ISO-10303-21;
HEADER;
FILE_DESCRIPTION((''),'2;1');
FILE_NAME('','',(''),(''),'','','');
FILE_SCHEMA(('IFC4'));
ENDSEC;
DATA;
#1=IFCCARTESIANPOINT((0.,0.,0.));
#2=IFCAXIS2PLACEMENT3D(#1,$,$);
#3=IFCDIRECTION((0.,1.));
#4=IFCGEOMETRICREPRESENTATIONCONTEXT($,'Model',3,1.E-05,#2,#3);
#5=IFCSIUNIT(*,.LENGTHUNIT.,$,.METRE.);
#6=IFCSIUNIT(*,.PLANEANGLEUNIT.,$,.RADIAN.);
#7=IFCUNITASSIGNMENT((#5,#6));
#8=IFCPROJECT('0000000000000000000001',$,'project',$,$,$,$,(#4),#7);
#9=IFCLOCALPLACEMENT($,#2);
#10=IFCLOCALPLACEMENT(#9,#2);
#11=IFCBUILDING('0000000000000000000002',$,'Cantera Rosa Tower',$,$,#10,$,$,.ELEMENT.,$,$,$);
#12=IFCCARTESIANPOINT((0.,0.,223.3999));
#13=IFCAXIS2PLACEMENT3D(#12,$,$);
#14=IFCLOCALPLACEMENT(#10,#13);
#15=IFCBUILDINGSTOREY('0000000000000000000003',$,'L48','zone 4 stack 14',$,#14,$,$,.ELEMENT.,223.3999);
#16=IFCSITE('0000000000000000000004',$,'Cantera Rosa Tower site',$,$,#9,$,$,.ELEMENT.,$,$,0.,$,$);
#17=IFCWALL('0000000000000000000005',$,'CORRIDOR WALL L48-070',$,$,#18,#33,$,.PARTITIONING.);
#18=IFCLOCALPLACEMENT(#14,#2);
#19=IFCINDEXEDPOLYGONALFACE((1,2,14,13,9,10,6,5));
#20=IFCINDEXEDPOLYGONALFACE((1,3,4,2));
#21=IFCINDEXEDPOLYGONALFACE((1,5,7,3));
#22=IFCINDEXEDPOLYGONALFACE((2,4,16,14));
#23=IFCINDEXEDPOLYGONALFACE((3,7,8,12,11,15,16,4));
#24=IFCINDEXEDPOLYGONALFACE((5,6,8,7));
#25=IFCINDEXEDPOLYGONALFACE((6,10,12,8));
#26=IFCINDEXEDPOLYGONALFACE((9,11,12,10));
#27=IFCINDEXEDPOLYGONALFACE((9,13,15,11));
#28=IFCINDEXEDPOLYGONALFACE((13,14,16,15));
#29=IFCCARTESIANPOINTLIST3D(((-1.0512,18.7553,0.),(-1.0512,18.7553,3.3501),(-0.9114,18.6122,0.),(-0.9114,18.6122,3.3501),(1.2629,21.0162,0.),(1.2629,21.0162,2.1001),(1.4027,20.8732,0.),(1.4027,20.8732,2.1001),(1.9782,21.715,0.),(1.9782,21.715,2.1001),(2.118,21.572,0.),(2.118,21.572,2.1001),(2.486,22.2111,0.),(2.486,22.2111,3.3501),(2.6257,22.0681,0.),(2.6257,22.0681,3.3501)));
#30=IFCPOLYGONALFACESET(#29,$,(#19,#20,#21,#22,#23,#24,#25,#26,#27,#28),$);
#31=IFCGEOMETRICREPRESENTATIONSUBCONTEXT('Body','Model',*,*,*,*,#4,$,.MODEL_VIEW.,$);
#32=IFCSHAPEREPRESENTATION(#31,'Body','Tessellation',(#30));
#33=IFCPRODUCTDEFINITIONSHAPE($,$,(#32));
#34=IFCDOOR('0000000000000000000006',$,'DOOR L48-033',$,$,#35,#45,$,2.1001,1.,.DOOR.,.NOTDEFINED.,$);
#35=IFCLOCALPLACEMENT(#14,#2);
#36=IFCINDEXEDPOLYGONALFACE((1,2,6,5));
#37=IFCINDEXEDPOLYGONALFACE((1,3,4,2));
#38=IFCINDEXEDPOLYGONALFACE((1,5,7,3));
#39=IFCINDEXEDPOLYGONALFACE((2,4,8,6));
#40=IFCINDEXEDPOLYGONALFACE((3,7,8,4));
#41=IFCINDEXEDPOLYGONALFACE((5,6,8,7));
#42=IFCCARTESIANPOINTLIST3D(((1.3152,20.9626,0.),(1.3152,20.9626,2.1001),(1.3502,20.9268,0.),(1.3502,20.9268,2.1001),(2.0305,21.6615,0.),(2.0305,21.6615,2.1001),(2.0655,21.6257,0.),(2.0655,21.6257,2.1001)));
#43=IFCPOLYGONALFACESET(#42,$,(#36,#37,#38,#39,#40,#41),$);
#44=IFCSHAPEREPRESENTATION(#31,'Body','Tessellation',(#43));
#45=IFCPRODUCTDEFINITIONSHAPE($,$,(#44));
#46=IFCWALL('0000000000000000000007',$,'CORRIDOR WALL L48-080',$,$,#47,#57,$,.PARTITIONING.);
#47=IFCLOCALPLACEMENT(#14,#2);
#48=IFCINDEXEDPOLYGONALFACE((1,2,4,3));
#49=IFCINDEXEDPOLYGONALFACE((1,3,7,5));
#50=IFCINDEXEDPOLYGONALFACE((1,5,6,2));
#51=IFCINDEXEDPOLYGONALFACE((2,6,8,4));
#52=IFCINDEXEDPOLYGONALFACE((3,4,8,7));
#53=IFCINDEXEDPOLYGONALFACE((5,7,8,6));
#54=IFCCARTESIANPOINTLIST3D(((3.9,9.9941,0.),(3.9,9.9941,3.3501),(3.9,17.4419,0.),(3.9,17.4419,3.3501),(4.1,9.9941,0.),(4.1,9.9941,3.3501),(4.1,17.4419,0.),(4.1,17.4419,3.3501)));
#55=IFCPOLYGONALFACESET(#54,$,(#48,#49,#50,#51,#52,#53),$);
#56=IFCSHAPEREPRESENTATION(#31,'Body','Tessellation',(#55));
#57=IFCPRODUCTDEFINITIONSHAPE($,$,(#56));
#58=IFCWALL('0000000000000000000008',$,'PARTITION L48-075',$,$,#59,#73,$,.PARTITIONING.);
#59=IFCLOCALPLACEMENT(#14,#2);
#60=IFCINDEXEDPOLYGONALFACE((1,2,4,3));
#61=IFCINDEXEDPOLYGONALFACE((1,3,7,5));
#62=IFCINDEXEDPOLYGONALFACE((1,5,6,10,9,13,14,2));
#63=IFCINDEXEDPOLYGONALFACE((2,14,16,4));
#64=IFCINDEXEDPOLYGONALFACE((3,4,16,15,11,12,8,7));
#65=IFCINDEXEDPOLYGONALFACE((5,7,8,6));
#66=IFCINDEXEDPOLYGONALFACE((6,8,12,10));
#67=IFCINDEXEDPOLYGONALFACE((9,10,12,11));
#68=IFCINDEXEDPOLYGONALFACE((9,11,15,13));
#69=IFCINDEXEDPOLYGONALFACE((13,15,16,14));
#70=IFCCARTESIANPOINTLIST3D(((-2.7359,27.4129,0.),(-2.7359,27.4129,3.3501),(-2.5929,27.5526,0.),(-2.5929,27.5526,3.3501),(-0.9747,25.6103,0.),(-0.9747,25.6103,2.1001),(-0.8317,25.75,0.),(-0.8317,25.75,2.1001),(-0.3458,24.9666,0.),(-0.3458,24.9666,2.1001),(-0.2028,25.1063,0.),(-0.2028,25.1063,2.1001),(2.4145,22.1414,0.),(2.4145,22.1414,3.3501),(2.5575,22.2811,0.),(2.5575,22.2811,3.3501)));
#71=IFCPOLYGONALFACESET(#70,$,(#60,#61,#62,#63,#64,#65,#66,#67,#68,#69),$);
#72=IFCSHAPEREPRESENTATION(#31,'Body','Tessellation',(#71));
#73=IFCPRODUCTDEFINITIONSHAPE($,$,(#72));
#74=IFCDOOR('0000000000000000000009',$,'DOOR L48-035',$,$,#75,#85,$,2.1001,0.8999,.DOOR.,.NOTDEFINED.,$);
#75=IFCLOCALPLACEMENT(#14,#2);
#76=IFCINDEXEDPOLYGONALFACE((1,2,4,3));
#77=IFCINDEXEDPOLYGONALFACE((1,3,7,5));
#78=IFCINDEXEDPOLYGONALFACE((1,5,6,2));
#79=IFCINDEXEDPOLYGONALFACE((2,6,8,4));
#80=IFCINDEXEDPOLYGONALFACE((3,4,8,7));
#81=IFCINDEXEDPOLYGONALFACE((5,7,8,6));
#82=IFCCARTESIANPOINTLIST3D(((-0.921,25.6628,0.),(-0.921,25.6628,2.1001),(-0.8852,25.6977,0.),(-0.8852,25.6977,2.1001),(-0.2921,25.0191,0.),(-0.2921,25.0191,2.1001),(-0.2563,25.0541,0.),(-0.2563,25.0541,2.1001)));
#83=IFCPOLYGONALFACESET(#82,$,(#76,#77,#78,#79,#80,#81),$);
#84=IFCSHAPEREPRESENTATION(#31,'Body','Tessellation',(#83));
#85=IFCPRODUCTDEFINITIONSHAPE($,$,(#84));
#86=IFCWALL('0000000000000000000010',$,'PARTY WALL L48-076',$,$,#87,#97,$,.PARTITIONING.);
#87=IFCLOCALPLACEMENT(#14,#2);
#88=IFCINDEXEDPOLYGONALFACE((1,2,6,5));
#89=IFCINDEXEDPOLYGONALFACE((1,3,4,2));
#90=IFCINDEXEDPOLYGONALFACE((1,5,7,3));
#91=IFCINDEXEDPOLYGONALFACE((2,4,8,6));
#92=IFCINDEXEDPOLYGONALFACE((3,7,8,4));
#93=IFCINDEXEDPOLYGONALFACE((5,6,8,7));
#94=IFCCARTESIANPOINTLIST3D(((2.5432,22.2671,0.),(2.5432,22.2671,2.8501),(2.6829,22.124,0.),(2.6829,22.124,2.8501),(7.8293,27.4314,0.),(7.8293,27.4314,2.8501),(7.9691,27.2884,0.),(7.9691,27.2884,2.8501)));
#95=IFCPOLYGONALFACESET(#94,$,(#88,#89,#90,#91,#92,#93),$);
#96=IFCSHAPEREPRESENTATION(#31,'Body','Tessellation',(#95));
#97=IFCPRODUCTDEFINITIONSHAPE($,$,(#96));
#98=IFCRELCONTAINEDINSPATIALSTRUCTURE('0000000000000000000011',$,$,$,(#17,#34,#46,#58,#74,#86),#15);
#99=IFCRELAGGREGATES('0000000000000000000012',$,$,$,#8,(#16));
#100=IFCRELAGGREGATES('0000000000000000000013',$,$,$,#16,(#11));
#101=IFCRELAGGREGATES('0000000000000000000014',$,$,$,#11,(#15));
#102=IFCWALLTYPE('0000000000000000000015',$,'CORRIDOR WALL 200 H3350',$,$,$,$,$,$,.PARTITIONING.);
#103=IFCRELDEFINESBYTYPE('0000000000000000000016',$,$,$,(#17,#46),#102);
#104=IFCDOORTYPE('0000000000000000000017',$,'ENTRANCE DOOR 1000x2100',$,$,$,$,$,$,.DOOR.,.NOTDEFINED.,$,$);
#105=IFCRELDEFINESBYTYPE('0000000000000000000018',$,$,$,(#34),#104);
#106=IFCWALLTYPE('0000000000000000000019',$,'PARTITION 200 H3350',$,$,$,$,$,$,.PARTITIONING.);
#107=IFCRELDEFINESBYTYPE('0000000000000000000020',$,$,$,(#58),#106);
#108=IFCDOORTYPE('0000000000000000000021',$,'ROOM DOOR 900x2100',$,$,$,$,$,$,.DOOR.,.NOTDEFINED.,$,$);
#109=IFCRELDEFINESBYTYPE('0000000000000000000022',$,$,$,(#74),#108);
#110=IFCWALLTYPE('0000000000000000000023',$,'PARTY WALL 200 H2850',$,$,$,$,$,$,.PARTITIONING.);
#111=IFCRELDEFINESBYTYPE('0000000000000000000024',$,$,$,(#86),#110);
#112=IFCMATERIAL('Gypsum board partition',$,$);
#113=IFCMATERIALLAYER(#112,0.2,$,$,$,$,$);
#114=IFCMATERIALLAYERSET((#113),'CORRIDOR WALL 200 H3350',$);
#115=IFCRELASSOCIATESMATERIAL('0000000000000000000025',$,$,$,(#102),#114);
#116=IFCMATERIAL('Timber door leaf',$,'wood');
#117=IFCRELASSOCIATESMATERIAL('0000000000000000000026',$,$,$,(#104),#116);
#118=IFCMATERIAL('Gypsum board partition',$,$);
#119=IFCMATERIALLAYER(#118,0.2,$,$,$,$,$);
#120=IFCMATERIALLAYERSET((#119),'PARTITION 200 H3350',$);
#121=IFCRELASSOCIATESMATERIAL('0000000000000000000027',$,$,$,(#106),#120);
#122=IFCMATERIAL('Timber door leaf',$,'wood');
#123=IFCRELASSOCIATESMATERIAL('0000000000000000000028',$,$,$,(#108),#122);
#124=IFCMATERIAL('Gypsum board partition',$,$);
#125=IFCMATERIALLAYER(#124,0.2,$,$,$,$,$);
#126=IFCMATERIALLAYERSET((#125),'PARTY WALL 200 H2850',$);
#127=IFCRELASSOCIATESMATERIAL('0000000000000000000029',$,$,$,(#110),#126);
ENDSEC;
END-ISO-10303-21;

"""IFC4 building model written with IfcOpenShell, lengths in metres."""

from ifc_helpers import new_model, si_unit, direction, frame, frame_2d, origin, place, context, subcontext, project, spatial, rectangle, extrude, material, layer, layer_set, type_object, element, fill, save


model = new_model("IFC4")

# Units and contexts
model_context = context("Model", 3, precision=1e-05, world=origin(), true_north=direction((0.0, 1.0)))
body_context = subcontext(model_context, "Body", "Model", "MODEL_VIEW")
ifc_project = project(units=[si_unit("LENGTHUNIT", "METRE"), si_unit("PLANEANGLEUNIT", "RADIAN")], contexts=[model_context])

# Site, building, storey
site_placement = place(None, origin())
site = spatial("IfcSite", under=ifc_project, at=site_placement, Name="Cantera Rosa Tower site", CompositionType="ELEMENT", RefElevation=0.0)
building_placement = place(site_placement, origin())
building = spatial("IfcBuilding", under=site, at=building_placement, Name="Cantera Rosa Tower", CompositionType="ELEMENT")
storey_placement = place(building_placement, frame((0.0, 0.0, 223.3999)))
storey = spatial("IfcBuildingStorey", under=building, at=storey_placement, Name="L48", Description="zone 4 stack 14", CompositionType="ELEMENT", Elevation=223.3999)

# Shared definitions
ifc_material_1 = material(Name="Gypsum board partition")
ifc_layer_1 = layer(ifc_material_1, 0.2)
ifc_layer_set_1 = layer_set([ifc_layer_1], Name="CORRIDOR WALL 200 H3350")
wall_type_1 = type_object("IfcWallType", Name="CORRIDOR WALL 200 H3350", PredefinedType="PARTITIONING", material=ifc_layer_set_1)

# Wall, opening, door
wall_1_placement = place(storey_placement, frame((2.5559, 22.1396, 0.0), z_axis=(0.0, 0.0, 1.0), x_axis=(-0.715279, -0.698839, 0.0)))
wall_1 = element("IfcWall", 1, at=wall_1_placement, inside=storey, type_object=wall_type_1, Name="CORRIDOR WALL L48-070", PredefinedType="PARTITIONING", context=body_context, shape_type="SweptSolid", body=[
    extrude(rectangle(XDim=4.9451, YDim=0.2, at=frame_2d((2.4727, 0.0))), origin(), (0.0, 0.0, 1.0), 3.3501),
])
opening_1_placement = place(wall_1_placement, frame((0.71, 0.0, 0.0)))
opening_1 = element("IfcOpeningElement", 2, at=opening_1_placement, cuts=wall_1, PredefinedType="OPENING", context=body_context, shape_type="SweptSolid", body=[
    extrude(rectangle(XDim=1.0, YDim=2.1001, at=frame_2d((0.5, 1.05))), frame((0.0, 0.1099, 0.0), z_axis=(0.0, -1.0, 0.0), x_axis=(1.0, 0.0, 0.0)), (0.0, 0.0, 1.0), 0.22),
])
ifc_material_2 = material(Name="Timber door leaf", Category="wood")
door_type_1 = type_object("IfcDoorType", Name="ENTRANCE DOOR 1000x2100", OperationType="NOTDEFINED", PredefinedType="DOOR", material=ifc_material_2)
door_1_placement = place(opening_1_placement, origin())
door_1 = element("IfcDoor", 3, at=door_1_placement, inside=storey, type_object=door_type_1, Name="DOOR L48-033", OperationType="NOTDEFINED", OverallHeight=2.1001, OverallWidth=1.0, PredefinedType="DOOR", context=body_context, shape_type="SweptSolid", body=[
    extrude(rectangle(XDim=1.0, YDim=2.1001, at=frame_2d((0.5, 1.05))), frame((0.0, 0.0249, 0.0), z_axis=(0.0, -1.0, 0.0), x_axis=(1.0, 0.0, 0.0)), (0.0, 0.0, 1.0), 0.05),
])
fill(opening_1, door_1)

# Wall
wall_2_placement = place(storey_placement, frame((4.0, 17.4419, 0.0), z_axis=(0.0, 0.0, 1.0), x_axis=(0.0, -1.0, 0.0)))
element("IfcWall", 4, at=wall_2_placement, inside=storey, type_object=wall_type_1, Name="CORRIDOR WALL L48-080", PredefinedType="PARTITIONING", context=body_context, shape_type="SweptSolid", body=[
    extrude(rectangle(XDim=7.4478, YDim=0.2, at=frame_2d((3.7239, 0.0))), origin(), (0.0, 0.0, 1.0), 3.3501),
])

# Wall, opening, door
ifc_material_3 = material(Name="Gypsum board partition")
ifc_layer_2 = layer(ifc_material_3, 0.2)
ifc_layer_set_2 = layer_set([ifc_layer_2], Name="PARTITION 200 H3350")
wall_type_2 = type_object("IfcWallType", Name="PARTITION 200 H3350", PredefinedType="PARTITIONING", material=ifc_layer_set_2)
wall_3_placement = place(storey_placement, frame((2.4861, 22.2112, 0.0), z_axis=(0.0, 0.0, 1.0), x_axis=(-0.698844, 0.715275, 0.0)))
wall_3 = element("IfcWall", 5, at=wall_3_placement, inside=storey, type_object=wall_type_2, Name="PARTITION L48-075", PredefinedType="PARTITIONING", context=body_context, shape_type="SweptSolid", body=[
    extrude(rectangle(XDim=7.3699, YDim=0.2, at=frame_2d((3.6851, 0.0))), origin(), (0.0, 0.0, 1.0), 3.3501),
])
opening_2_placement = place(wall_3_placement, frame((3.95, 0.0, 0.0)))
opening_2 = element("IfcOpeningElement", 6, at=opening_2_placement, cuts=wall_3, PredefinedType="OPENING", context=body_context, shape_type="SweptSolid", body=[
    extrude(rectangle(XDim=0.8999, YDim=2.1001, at=frame_2d((0.45, 1.05))), frame((0.0, 0.1099, 0.0), z_axis=(0.0, -1.0, 0.0), x_axis=(1.0, 0.0, 0.0)), (0.0, 0.0, 1.0), 0.22),
])
ifc_material_4 = material(Name="Timber door leaf", Category="wood")
door_type_2 = type_object("IfcDoorType", Name="ROOM DOOR 900x2100", OperationType="NOTDEFINED", PredefinedType="DOOR", material=ifc_material_4)
door_2_placement = place(opening_2_placement, origin())
door_2 = element("IfcDoor", 7, at=door_2_placement, inside=storey, type_object=door_type_2, Name="DOOR L48-035", OperationType="NOTDEFINED", OverallHeight=2.1001, OverallWidth=0.8999, PredefinedType="DOOR", context=body_context, shape_type="SweptSolid", body=[
    extrude(rectangle(XDim=0.8999, YDim=2.1001, at=frame_2d((0.45, 1.05))), frame((0.0, 0.0249, 0.0), z_axis=(0.0, -1.0, 0.0), x_axis=(1.0, 0.0, 0.0)), (0.0, 0.0, 1.0), 0.05),
])
fill(opening_2, door_2)

# Wall
ifc_material_5 = material(Name="Gypsum board partition")
ifc_layer_3 = layer(ifc_material_5, 0.2)
ifc_layer_set_3 = layer_set([ifc_layer_3], Name="PARTY WALL 200 H2850")
wall_type_3 = type_object("IfcWallType", Name="PARTY WALL 200 H2850", PredefinedType="PARTITIONING", material=ifc_layer_set_3)
wall_4_placement = place(storey_placement, frame((2.613, 22.1956, 0.0), z_axis=(0.0, 0.0, 1.0), x_axis=(0.715301, 0.698816, 0.0)))
element("IfcWall", 8, at=wall_4_placement, inside=storey, type_object=wall_type_3, Name="PARTY WALL L48-076", PredefinedType="PARTITIONING", context=body_context, shape_type="SweptSolid", body=[
    extrude(rectangle(XDim=7.3901, YDim=0.2, at=frame_2d((3.6951, 0.0))), origin(), (0.0, 0.0, 1.0), 2.8501),
])

save(model, "model.ifc")
